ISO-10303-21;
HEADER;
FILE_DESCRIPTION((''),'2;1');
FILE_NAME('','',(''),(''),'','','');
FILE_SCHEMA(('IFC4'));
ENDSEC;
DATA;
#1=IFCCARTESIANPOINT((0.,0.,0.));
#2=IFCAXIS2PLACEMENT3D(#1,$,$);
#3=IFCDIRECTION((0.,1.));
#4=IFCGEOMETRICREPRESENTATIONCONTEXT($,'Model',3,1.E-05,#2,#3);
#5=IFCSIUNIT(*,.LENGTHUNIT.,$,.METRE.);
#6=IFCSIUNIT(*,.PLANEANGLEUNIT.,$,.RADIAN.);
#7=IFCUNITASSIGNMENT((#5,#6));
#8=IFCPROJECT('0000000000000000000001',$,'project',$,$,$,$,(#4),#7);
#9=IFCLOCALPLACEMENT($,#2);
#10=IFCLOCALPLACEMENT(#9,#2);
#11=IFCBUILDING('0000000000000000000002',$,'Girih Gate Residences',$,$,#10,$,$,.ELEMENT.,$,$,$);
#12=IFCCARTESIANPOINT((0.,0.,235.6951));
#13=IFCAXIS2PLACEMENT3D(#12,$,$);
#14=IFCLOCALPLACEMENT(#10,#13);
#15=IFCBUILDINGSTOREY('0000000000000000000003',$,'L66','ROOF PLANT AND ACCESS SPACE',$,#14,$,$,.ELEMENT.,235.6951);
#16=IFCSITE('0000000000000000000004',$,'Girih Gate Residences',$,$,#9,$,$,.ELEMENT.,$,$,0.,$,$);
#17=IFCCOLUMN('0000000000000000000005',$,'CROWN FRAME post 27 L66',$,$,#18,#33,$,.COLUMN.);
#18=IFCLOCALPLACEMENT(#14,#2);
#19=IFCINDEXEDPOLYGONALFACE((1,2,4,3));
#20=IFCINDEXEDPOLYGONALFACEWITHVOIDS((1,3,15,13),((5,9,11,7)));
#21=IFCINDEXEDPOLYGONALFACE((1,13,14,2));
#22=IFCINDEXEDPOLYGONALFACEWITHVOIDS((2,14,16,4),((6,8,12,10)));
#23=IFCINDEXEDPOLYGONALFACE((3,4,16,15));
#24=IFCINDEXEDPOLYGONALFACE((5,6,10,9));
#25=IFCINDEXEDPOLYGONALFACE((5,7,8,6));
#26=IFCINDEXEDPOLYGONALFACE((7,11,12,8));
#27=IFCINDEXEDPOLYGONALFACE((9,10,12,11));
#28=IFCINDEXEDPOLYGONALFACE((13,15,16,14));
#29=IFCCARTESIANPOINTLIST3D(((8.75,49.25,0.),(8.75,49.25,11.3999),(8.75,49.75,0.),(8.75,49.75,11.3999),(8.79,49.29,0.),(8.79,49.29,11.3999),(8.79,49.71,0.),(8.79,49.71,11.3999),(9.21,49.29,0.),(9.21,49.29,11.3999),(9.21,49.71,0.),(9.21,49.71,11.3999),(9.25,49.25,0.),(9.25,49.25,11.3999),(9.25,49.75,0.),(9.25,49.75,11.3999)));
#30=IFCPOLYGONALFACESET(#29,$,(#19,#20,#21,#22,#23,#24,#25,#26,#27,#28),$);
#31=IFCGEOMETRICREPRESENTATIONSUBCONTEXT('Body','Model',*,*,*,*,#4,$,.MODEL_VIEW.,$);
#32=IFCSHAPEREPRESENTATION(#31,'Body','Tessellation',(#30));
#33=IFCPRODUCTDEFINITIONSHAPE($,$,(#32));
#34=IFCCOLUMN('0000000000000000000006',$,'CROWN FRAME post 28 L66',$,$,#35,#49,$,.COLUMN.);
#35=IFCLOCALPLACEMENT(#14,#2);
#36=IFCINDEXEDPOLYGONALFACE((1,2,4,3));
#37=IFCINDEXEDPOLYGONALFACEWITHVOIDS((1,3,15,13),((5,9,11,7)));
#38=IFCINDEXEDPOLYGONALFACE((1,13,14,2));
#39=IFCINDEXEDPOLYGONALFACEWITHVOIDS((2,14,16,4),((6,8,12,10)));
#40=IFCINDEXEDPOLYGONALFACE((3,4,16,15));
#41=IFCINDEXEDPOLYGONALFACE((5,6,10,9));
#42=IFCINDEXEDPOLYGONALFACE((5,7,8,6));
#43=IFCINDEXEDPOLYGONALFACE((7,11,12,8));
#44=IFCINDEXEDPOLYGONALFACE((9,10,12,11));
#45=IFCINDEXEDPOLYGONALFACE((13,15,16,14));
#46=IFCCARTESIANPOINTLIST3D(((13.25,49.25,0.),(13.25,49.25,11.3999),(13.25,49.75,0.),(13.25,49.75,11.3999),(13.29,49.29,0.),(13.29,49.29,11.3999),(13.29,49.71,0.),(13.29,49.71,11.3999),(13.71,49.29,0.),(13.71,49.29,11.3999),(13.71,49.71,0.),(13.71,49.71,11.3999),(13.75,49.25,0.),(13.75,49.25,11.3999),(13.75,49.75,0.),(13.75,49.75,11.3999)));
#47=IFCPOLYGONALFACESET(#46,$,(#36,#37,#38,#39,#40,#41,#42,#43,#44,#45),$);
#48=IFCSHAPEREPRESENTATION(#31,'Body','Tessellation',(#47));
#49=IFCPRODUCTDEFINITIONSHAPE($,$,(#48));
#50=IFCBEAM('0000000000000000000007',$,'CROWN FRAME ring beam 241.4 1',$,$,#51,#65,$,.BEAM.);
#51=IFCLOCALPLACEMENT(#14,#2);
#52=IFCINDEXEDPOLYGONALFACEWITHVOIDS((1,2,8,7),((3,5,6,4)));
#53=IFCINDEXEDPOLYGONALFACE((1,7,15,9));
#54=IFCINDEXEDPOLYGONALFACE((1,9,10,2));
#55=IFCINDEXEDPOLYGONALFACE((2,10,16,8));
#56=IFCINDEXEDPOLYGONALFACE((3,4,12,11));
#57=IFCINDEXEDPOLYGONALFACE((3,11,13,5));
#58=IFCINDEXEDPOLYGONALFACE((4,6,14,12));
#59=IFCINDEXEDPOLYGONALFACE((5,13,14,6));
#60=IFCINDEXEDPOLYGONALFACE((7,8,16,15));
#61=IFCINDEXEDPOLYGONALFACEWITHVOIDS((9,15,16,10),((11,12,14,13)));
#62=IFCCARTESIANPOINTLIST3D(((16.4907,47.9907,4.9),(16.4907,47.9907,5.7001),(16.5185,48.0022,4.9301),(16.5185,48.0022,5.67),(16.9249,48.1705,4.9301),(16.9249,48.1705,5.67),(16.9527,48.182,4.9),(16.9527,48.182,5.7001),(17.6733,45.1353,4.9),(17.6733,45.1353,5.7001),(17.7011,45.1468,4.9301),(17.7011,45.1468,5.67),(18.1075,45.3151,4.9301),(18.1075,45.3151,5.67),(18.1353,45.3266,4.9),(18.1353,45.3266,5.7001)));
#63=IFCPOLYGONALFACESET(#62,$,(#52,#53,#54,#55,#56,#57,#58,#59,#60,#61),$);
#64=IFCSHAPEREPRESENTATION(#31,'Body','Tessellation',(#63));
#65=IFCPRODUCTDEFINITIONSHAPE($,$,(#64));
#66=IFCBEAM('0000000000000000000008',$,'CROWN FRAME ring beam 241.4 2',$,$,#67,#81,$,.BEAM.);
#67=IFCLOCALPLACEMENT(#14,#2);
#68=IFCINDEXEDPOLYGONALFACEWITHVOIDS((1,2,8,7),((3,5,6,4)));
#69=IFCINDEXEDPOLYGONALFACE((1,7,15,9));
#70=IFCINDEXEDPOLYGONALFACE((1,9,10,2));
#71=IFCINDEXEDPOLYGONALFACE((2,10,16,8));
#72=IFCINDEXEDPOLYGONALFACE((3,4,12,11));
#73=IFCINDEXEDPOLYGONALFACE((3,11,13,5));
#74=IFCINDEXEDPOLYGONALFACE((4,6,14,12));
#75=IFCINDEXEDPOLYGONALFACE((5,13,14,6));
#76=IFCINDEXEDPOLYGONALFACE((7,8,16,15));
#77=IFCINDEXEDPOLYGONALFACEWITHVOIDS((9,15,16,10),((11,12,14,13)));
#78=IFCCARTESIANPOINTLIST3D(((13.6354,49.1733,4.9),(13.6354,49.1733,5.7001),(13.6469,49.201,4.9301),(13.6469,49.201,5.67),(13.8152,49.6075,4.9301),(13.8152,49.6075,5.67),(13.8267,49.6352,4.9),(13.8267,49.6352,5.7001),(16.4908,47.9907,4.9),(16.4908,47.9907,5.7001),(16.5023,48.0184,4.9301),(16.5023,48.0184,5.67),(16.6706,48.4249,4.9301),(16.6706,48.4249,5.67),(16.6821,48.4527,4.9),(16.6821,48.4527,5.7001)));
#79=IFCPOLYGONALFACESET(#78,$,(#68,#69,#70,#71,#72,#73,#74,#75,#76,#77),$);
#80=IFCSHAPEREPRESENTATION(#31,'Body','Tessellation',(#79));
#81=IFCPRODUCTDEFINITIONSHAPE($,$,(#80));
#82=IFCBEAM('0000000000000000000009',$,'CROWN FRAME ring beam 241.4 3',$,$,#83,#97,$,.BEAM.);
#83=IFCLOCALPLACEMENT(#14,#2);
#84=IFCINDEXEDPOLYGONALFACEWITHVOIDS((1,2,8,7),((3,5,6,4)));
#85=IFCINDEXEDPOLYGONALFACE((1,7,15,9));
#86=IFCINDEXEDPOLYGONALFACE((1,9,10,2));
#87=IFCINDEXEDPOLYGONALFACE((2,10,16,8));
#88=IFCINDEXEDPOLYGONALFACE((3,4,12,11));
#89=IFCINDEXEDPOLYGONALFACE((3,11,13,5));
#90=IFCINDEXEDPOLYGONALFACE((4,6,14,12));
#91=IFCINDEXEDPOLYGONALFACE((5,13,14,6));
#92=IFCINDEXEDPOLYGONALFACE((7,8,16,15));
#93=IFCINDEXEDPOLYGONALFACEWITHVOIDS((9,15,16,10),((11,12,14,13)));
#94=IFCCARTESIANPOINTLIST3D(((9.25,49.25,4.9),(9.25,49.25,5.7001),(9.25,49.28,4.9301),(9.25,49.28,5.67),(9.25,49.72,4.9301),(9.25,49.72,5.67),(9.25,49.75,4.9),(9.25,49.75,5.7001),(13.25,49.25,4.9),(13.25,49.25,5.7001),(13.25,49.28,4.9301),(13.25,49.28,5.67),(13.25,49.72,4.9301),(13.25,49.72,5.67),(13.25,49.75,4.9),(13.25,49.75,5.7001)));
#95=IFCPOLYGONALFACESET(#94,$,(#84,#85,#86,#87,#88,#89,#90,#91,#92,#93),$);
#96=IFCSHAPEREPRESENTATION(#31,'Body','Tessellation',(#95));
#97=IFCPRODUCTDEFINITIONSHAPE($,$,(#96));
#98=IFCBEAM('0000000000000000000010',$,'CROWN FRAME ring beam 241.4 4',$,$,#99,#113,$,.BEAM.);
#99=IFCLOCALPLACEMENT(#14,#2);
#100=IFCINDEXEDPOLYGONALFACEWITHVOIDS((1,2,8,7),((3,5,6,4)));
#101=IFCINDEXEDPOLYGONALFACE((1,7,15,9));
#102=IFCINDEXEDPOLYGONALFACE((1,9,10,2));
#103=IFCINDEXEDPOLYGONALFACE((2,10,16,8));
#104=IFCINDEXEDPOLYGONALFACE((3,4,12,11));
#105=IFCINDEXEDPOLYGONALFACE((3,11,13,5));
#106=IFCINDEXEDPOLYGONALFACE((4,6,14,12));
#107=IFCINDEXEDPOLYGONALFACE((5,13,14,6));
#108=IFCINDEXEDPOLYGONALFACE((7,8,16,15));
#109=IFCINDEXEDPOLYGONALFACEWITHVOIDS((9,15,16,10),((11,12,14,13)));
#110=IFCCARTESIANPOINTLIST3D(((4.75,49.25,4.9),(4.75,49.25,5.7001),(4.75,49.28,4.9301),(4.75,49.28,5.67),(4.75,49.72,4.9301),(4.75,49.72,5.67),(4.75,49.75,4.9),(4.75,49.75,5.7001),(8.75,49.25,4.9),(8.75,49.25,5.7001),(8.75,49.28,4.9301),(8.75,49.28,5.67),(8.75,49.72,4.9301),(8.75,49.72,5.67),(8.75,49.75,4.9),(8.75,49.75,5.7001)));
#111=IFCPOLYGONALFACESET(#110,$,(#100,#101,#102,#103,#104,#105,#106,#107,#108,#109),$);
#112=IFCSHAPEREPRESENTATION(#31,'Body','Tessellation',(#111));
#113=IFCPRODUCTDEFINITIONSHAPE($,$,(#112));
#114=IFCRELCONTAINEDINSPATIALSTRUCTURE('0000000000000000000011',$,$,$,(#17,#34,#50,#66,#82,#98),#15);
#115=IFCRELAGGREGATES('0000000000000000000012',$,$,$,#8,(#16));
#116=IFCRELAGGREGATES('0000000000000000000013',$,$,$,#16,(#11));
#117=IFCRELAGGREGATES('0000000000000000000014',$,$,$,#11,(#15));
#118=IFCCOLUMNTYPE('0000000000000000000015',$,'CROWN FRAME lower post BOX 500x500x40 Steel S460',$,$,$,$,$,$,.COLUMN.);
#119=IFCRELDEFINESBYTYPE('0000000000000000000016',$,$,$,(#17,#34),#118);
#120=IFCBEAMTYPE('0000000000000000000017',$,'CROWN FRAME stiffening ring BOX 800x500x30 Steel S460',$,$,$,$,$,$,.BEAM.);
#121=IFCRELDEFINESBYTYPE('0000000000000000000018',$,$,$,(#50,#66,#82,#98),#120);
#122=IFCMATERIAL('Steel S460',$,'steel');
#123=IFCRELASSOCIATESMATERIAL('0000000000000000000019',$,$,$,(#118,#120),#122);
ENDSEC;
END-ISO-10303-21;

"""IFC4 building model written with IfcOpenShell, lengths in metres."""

from ifc_helpers import new_model, si_unit, direction, frame, origin, origin_2d, place, context, subcontext, project, spatial, hollow_rectangle, extrude, material, material_profile, profile_set, type_object, element, save


model = new_model("IFC4")

# Units and contexts
model_context = context("Model", 3, precision=1e-05, world=origin(), true_north=direction((0.0, 1.0)))
body_context = subcontext(model_context, "Body", "Model", "MODEL_VIEW")
ifc_project = project(units=[si_unit("LENGTHUNIT", "METRE"), si_unit("PLANEANGLEUNIT", "RADIAN")], contexts=[model_context])

# Site, building, storey
site_placement = place(None, origin())
site = spatial("IfcSite", under=ifc_project, at=site_placement, Name="Girih Gate Residences", CompositionType="ELEMENT", RefElevation=0.0)
building_placement = place(site_placement, origin())
building = spatial("IfcBuilding", under=site, at=building_placement, Name="Girih Gate Residences", CompositionType="ELEMENT")
storey_placement = place(building_placement, frame((0.0, 0.0, 235.6951)))
storey = spatial("IfcBuildingStorey", under=building, at=storey_placement, Name="L66", Description="ROOF PLANT AND ACCESS SPACE", CompositionType="ELEMENT", Elevation=235.6951)

# Columns
ifc_material_1 = material(Name="Steel S460", Category="steel")
ifc_material_profile_1 = material_profile(ifc_material_1, hollow_rectangle(XDim=0.5, YDim=0.5, WallThickness=0.04, at=origin_2d()))
ifc_profile_set_1 = profile_set([ifc_material_profile_1], Name="Steel S460")
column_type = type_object("IfcColumnType", Name="CROWN FRAME lower post BOX 500x500x40 Steel S460", PredefinedType="COLUMN", material=ifc_profile_set_1)
for number, where, z_axis, x_axis, name in (
    (1, (9.0, 49.5, 0.0), (0.0, 0.0, 1.0), (1.0, 0.0, 0.0), "CROWN FRAME post 27 L66"),
    (2, (13.5, 49.5, 0.0), (0.0, 0.0, 1.0), (1.0, 0.0, 0.0), "CROWN FRAME post 28 L66"),
):
    element("IfcColumn", number, at=place(storey_placement, frame(where, z_axis=z_axis, x_axis=x_axis)), inside=storey, type_object=column_type, Name=name, PredefinedType="COLUMN", context=body_context, shape_type="SweptSolid", body=[
        extrude(hollow_rectangle(XDim=0.5, YDim=0.5, WallThickness=0.04, at=origin_2d()), origin(), (0.0, 0.0, 1.0), 11.3999),
    ])

# Beams
ifc_material_profile_2 = material_profile(ifc_material_1, hollow_rectangle(XDim=0.5, YDim=0.8, WallThickness=0.03, at=origin_2d()))
ifc_profile_set_2 = profile_set([ifc_material_profile_2], Name="Steel S460")
beam_type = type_object("IfcBeamType", Name="CROWN FRAME stiffening ring BOX 800x500x30 Steel S460", PredefinedType="BEAM", material=ifc_profile_set_2)
for number, where, z_axis, x_axis, name in (
    (3, (17.9043, 45.231, 5.3), (-0.38264, 0.923897, 0.0), (-0.923897, -0.38264, 0.0), "CROWN FRAME ring beam 241.4 1"),
    (4, (16.5864, 48.2217, 5.3), (-0.923897, 0.38264, 0.0), (-0.38264, -0.923897, 0.0), "CROWN FRAME ring beam 241.4 2"),
):
    element("IfcBeam", number, at=place(storey_placement, frame(where, z_axis=z_axis, x_axis=x_axis)), inside=storey, type_object=beam_type, Name=name, PredefinedType="BEAM", context=body_context, shape_type="SweptSolid", body=[
        extrude(hollow_rectangle(XDim=0.5, YDim=0.8, WallThickness=0.03, at=origin_2d()), origin(), (0.0, 0.0, 1.0), 3.0906),
    ])
for number, where, z_axis, x_axis, name in (
    (5, (13.25, 49.5, 5.3), (-1.0, 0.0, 0.0), (0.0, -1.0, 0.0), "CROWN FRAME ring beam 241.4 3"),
    (6, (8.75, 49.5, 5.3), (-1.0, 0.0, 0.0), (0.0, -1.0, 0.0), "CROWN FRAME ring beam 241.4 4"),
):
    element("IfcBeam", number, at=place(storey_placement, frame(where, z_axis=z_axis, x_axis=x_axis)), inside=storey, type_object=beam_type, Name=name, PredefinedType="BEAM", context=body_context, shape_type="SweptSolid", body=[
        extrude(hollow_rectangle(XDim=0.5, YDim=0.8, WallThickness=0.03, at=origin_2d()), origin(), (0.0, 0.0, 1.0), 4.0),
    ])

save(model, "model.ifc")
